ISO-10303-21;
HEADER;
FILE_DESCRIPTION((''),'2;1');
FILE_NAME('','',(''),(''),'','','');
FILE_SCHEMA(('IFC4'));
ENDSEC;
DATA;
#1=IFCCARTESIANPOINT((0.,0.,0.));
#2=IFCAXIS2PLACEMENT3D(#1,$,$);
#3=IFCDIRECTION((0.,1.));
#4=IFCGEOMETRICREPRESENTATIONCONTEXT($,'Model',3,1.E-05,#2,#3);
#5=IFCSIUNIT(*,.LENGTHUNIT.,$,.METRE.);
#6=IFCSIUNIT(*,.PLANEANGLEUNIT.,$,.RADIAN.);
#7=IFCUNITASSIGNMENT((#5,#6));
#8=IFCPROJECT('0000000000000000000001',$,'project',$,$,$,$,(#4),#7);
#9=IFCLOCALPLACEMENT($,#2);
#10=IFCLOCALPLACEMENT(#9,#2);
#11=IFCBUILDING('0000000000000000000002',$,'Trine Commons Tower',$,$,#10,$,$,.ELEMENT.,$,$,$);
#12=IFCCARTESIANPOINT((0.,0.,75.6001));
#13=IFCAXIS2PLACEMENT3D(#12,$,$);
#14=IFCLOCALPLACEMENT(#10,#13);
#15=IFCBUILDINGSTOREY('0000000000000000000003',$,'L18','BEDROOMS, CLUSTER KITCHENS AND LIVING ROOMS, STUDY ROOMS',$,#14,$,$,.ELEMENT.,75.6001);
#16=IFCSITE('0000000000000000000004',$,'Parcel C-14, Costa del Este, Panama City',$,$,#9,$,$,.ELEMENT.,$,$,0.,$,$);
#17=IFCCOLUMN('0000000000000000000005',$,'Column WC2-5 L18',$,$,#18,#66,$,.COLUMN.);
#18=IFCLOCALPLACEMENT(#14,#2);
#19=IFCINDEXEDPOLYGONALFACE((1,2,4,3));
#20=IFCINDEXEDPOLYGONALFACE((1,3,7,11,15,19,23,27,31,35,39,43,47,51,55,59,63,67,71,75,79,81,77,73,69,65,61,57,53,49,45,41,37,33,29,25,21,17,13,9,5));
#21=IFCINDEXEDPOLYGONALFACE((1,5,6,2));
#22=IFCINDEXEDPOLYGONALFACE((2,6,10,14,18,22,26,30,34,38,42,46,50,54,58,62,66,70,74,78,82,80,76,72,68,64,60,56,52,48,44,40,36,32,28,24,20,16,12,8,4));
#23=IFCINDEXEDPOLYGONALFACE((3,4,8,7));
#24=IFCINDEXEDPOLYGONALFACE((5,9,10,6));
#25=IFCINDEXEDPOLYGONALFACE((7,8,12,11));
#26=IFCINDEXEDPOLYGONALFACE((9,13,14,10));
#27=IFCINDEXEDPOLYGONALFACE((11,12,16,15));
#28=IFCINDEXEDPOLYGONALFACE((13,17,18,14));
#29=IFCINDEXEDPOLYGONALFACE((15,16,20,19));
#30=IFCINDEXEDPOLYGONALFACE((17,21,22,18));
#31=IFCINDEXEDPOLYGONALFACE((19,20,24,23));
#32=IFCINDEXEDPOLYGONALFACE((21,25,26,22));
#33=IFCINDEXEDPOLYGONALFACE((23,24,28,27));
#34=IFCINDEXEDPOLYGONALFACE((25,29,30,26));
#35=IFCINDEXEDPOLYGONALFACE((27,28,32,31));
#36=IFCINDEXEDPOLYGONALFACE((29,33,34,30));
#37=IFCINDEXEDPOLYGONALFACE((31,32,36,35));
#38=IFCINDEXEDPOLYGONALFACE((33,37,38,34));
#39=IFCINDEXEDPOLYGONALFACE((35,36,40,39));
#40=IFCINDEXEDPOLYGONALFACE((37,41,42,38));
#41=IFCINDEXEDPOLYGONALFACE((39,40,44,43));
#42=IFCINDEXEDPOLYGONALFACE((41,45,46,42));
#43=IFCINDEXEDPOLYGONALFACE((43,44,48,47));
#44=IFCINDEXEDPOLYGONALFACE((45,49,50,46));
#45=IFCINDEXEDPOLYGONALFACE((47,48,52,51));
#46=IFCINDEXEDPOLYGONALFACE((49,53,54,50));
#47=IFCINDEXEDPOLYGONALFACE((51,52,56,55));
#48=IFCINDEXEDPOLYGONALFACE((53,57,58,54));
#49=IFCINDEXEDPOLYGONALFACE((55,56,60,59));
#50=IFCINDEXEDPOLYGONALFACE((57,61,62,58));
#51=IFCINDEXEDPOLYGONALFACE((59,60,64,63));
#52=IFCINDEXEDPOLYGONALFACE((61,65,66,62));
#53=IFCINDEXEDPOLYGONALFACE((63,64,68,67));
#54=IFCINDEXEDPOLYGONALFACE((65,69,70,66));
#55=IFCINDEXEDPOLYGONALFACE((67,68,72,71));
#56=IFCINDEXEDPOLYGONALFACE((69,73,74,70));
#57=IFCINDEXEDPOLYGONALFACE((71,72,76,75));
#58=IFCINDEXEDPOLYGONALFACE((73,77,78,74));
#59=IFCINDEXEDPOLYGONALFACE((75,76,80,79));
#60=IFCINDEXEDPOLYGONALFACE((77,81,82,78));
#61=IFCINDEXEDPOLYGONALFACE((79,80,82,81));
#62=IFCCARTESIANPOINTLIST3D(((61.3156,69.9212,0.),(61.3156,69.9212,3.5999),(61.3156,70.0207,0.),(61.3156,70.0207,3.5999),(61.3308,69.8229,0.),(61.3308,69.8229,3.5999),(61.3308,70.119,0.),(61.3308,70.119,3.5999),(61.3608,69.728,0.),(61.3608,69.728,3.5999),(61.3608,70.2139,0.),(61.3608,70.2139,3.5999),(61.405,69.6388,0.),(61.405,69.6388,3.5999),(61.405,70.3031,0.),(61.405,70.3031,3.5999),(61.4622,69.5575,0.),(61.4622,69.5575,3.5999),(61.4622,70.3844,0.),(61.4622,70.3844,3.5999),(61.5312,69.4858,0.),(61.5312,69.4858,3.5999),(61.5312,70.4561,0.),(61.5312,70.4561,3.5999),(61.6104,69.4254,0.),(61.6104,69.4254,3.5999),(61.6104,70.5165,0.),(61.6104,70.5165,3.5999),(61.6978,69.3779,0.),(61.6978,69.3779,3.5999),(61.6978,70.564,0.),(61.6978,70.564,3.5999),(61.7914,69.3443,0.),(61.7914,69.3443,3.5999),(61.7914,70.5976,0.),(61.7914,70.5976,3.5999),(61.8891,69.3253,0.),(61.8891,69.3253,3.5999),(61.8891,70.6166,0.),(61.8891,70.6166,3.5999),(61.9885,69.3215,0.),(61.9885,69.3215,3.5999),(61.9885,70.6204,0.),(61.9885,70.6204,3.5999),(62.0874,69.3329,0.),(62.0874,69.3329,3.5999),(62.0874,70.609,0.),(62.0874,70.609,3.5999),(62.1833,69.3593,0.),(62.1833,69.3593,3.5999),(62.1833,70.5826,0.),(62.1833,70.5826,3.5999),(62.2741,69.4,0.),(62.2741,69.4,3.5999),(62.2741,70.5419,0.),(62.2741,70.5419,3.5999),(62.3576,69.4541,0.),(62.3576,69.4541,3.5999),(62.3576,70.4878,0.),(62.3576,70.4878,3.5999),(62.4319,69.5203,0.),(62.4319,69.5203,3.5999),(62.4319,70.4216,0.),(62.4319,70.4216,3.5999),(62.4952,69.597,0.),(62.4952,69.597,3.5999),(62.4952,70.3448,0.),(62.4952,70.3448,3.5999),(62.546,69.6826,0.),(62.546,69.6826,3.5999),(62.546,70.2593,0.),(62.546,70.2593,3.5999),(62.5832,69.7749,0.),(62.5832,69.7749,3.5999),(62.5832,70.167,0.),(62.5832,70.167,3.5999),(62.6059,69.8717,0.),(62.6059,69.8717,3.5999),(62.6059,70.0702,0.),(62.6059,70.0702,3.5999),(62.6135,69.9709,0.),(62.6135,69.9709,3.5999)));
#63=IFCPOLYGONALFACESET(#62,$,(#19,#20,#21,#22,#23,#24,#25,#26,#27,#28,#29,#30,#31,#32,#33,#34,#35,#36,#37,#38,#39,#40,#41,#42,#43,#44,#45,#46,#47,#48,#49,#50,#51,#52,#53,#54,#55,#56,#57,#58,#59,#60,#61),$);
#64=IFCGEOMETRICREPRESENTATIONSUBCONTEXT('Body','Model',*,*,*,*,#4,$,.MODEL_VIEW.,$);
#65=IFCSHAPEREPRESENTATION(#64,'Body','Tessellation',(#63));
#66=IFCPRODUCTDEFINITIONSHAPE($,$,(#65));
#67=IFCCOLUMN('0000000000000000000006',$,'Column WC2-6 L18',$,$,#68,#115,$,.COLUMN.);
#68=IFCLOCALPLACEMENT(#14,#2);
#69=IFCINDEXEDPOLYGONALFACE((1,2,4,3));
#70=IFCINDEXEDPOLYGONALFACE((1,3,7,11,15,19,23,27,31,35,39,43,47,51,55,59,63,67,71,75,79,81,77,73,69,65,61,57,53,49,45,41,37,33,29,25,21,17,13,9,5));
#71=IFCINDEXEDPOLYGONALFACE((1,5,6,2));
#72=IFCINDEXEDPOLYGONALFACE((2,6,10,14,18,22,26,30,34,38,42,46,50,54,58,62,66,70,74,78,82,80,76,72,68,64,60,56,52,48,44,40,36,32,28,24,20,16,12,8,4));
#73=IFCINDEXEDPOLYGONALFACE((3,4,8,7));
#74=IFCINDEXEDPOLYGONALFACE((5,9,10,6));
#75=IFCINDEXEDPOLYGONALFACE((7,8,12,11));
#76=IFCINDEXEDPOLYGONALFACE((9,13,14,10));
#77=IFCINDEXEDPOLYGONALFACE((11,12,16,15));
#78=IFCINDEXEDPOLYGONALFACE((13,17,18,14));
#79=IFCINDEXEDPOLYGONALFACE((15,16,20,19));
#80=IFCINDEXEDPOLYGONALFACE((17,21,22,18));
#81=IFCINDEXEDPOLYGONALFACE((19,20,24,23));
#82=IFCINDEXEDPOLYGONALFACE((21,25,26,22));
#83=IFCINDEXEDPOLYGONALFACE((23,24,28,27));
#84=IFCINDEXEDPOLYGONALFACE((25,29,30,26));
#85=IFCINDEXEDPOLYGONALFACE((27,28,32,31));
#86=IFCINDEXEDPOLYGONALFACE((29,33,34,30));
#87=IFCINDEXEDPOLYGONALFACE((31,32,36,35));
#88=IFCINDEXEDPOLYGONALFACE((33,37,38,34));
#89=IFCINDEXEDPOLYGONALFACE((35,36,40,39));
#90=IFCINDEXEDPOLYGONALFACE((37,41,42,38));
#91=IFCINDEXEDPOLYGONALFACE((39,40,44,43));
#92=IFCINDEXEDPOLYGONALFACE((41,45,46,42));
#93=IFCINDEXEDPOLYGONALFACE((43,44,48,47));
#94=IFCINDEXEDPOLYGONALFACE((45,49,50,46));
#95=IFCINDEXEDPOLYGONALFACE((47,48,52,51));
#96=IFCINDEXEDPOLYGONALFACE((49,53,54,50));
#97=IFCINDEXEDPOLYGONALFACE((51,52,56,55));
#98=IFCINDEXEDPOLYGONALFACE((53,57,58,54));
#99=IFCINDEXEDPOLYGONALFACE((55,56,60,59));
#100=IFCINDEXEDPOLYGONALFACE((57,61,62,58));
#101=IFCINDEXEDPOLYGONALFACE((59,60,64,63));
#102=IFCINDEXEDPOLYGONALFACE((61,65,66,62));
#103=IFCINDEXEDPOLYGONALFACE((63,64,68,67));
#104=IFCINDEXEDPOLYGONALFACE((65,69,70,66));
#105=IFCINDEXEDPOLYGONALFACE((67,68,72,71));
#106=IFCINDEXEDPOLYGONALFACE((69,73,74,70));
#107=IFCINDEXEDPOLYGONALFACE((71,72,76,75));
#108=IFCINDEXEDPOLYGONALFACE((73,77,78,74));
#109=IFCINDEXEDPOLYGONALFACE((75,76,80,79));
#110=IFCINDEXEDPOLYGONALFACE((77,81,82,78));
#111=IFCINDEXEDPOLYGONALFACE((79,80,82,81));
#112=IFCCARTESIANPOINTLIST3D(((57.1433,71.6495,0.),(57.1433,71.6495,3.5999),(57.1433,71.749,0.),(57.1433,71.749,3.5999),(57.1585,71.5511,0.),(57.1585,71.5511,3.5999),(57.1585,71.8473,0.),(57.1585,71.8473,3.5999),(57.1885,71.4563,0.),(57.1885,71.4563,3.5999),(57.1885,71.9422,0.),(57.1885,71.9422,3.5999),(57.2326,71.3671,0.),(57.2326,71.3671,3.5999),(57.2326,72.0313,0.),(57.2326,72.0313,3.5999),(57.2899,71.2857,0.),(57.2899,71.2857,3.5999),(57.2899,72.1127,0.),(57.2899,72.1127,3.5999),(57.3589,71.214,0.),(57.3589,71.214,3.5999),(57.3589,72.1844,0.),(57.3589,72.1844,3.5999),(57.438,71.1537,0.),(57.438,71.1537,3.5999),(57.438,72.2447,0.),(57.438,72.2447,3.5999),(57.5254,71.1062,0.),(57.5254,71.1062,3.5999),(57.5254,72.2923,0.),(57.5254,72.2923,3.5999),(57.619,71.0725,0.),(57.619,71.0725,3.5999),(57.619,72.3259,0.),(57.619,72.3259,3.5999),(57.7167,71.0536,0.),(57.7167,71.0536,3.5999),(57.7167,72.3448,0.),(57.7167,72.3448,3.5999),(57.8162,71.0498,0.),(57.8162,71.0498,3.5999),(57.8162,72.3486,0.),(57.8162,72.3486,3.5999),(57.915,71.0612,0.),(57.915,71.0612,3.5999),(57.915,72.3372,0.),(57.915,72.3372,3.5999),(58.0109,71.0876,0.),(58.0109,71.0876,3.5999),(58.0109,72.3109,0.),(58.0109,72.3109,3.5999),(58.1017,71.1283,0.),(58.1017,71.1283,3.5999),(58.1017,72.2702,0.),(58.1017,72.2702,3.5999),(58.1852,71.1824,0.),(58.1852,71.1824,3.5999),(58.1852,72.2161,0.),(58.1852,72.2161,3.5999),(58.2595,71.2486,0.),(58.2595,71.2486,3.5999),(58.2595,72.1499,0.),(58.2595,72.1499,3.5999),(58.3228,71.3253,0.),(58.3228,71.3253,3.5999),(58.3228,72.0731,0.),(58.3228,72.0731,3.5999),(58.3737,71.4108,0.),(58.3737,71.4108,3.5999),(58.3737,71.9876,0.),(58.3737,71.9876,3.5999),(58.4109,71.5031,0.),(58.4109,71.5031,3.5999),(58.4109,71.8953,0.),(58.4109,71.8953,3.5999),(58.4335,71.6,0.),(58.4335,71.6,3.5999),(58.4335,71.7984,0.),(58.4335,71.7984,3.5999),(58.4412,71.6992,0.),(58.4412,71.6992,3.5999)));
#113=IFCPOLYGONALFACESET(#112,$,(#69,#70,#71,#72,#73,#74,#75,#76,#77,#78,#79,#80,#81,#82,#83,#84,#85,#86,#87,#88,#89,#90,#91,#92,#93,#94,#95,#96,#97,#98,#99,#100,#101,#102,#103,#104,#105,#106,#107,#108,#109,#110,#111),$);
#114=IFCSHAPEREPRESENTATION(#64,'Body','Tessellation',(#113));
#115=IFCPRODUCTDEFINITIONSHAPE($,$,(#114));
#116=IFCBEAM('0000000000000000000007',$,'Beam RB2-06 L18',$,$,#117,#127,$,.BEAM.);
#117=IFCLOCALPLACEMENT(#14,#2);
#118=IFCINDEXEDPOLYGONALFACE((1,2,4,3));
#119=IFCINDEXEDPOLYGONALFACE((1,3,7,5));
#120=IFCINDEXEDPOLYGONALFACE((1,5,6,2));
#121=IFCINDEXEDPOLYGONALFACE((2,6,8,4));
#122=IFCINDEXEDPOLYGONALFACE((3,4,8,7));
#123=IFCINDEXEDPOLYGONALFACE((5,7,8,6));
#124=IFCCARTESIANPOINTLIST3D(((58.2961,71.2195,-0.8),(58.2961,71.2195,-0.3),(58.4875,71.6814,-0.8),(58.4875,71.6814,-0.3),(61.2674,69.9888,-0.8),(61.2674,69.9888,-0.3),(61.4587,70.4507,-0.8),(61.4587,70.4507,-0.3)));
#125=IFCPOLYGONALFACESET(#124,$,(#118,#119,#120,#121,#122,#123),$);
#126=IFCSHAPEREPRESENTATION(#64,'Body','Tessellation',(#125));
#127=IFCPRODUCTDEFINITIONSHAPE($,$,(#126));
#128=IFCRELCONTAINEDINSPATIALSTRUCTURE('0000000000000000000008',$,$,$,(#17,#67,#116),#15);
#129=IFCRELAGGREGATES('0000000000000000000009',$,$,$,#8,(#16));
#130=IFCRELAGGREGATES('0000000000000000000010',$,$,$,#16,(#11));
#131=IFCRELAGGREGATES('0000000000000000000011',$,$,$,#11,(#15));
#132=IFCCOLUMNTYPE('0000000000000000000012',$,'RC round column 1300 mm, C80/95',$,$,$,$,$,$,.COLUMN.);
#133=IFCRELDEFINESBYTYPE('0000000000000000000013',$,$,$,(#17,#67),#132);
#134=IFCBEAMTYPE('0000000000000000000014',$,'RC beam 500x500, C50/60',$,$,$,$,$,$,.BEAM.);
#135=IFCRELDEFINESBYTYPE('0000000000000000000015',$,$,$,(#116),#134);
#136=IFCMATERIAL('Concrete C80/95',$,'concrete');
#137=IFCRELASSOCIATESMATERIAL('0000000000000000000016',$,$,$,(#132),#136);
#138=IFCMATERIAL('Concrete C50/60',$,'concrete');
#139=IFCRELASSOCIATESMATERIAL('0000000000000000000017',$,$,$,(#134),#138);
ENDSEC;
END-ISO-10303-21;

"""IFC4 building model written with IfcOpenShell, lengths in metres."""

from ifc_helpers import new_model, si_unit, direction, frame, origin, origin_2d, place, context, subcontext, project, spatial, rectangle, circle, extrude, material, material_profile, profile_set, type_object, element, save


model = new_model("IFC4")

# Units and contexts
model_context = context("Model", 3, precision=1e-05, world=origin(), true_north=direction((0.0, 1.0)))
body_context = subcontext(model_context, "Body", "Model", "MODEL_VIEW")
ifc_project = project(units=[si_unit("LENGTHUNIT", "METRE"), si_unit("PLANEANGLEUNIT", "RADIAN")], contexts=[model_context])

# Site, building, storey
site_placement = place(None, origin())
site = spatial("IfcSite", under=ifc_project, at=site_placement, Name="Parcel C-14, Costa del Este, Panama City", CompositionType="ELEMENT", RefElevation=0.0)
building_placement = place(site_placement, origin())
building = spatial("IfcBuilding", under=site, at=building_placement, Name="Trine Commons Tower", CompositionType="ELEMENT")
storey_placement = place(building_placement, frame((0.0, 0.0, 75.6001)))
storey = spatial("IfcBuildingStorey", under=building, at=storey_placement, Name="L18", Description="BEDROOMS, CLUSTER KITCHENS AND LIVING ROOMS, STUDY ROOMS", CompositionType="ELEMENT", Elevation=75.6001)

# Columns
ifc_material_1 = material(Name="Concrete C80/95", Category="concrete")
ifc_material_profile_1 = material_profile(ifc_material_1, circle(Radius=0.6499, at=origin_2d()), Name="RC round 1300")
ifc_profile_set_1 = profile_set([ifc_material_profile_1], Name="Concrete C80/95")
column_type = type_object("IfcColumnType", Name="RC round column 1300 mm, C80/95", PredefinedType="COLUMN", material=ifc_profile_set_1)
for number, where, z_axis, x_axis, name in (
    (1, (61.9636, 69.9709, 0.0), (0.0, 0.0, 1.0), (1.0, 0.0, 0.0), "Column WC2-5 L18"),
    (2, (57.7913, 71.6992, 0.0), (0.0, 0.0, 1.0), (1.0, 0.0, 0.0), "Column WC2-6 L18"),
):
    element("IfcColumn", number, at=place(storey_placement, frame(where, z_axis=z_axis, x_axis=x_axis)), inside=storey, type_object=column_type, Name=name, PredefinedType="COLUMN", context=body_context, shape_type="SweptSolid", body=[
        extrude(circle(Radius=0.6499, at=origin_2d()), origin(), (0.0, 0.0, 1.0), 3.5999),
    ])

# Beam
ifc_material_2 = material(Name="Concrete C50/60", Category="concrete")
ifc_material_profile_2 = material_profile(ifc_material_2, rectangle(XDim=0.5, YDim=0.5, at=origin_2d()), Name="RC 500x500")
ifc_profile_set_2 = profile_set([ifc_material_profile_2], Name="Concrete C50/60")
beam_type = type_object("IfcBeamType", Name="RC beam 500x500, C50/60", PredefinedType="BEAM", material=ifc_profile_set_2)
beam_placement = place(storey_placement, frame((61.363, 70.2197, -0.55), z_axis=(-0.923879, 0.382685, 0.0), x_axis=(-0.382685, -0.923879, 0.0)))
element("IfcBeam", 3, at=beam_placement, inside=storey, type_object=beam_type, Name="Beam RB2-06 L18", PredefinedType="BEAM", context=body_context, shape_type="SweptSolid", body=[
    extrude(rectangle(XDim=0.5, YDim=0.5, at=origin_2d()), origin(), (0.0, 0.0, 1.0), 3.2161),
])

save(model, "model.ifc")
